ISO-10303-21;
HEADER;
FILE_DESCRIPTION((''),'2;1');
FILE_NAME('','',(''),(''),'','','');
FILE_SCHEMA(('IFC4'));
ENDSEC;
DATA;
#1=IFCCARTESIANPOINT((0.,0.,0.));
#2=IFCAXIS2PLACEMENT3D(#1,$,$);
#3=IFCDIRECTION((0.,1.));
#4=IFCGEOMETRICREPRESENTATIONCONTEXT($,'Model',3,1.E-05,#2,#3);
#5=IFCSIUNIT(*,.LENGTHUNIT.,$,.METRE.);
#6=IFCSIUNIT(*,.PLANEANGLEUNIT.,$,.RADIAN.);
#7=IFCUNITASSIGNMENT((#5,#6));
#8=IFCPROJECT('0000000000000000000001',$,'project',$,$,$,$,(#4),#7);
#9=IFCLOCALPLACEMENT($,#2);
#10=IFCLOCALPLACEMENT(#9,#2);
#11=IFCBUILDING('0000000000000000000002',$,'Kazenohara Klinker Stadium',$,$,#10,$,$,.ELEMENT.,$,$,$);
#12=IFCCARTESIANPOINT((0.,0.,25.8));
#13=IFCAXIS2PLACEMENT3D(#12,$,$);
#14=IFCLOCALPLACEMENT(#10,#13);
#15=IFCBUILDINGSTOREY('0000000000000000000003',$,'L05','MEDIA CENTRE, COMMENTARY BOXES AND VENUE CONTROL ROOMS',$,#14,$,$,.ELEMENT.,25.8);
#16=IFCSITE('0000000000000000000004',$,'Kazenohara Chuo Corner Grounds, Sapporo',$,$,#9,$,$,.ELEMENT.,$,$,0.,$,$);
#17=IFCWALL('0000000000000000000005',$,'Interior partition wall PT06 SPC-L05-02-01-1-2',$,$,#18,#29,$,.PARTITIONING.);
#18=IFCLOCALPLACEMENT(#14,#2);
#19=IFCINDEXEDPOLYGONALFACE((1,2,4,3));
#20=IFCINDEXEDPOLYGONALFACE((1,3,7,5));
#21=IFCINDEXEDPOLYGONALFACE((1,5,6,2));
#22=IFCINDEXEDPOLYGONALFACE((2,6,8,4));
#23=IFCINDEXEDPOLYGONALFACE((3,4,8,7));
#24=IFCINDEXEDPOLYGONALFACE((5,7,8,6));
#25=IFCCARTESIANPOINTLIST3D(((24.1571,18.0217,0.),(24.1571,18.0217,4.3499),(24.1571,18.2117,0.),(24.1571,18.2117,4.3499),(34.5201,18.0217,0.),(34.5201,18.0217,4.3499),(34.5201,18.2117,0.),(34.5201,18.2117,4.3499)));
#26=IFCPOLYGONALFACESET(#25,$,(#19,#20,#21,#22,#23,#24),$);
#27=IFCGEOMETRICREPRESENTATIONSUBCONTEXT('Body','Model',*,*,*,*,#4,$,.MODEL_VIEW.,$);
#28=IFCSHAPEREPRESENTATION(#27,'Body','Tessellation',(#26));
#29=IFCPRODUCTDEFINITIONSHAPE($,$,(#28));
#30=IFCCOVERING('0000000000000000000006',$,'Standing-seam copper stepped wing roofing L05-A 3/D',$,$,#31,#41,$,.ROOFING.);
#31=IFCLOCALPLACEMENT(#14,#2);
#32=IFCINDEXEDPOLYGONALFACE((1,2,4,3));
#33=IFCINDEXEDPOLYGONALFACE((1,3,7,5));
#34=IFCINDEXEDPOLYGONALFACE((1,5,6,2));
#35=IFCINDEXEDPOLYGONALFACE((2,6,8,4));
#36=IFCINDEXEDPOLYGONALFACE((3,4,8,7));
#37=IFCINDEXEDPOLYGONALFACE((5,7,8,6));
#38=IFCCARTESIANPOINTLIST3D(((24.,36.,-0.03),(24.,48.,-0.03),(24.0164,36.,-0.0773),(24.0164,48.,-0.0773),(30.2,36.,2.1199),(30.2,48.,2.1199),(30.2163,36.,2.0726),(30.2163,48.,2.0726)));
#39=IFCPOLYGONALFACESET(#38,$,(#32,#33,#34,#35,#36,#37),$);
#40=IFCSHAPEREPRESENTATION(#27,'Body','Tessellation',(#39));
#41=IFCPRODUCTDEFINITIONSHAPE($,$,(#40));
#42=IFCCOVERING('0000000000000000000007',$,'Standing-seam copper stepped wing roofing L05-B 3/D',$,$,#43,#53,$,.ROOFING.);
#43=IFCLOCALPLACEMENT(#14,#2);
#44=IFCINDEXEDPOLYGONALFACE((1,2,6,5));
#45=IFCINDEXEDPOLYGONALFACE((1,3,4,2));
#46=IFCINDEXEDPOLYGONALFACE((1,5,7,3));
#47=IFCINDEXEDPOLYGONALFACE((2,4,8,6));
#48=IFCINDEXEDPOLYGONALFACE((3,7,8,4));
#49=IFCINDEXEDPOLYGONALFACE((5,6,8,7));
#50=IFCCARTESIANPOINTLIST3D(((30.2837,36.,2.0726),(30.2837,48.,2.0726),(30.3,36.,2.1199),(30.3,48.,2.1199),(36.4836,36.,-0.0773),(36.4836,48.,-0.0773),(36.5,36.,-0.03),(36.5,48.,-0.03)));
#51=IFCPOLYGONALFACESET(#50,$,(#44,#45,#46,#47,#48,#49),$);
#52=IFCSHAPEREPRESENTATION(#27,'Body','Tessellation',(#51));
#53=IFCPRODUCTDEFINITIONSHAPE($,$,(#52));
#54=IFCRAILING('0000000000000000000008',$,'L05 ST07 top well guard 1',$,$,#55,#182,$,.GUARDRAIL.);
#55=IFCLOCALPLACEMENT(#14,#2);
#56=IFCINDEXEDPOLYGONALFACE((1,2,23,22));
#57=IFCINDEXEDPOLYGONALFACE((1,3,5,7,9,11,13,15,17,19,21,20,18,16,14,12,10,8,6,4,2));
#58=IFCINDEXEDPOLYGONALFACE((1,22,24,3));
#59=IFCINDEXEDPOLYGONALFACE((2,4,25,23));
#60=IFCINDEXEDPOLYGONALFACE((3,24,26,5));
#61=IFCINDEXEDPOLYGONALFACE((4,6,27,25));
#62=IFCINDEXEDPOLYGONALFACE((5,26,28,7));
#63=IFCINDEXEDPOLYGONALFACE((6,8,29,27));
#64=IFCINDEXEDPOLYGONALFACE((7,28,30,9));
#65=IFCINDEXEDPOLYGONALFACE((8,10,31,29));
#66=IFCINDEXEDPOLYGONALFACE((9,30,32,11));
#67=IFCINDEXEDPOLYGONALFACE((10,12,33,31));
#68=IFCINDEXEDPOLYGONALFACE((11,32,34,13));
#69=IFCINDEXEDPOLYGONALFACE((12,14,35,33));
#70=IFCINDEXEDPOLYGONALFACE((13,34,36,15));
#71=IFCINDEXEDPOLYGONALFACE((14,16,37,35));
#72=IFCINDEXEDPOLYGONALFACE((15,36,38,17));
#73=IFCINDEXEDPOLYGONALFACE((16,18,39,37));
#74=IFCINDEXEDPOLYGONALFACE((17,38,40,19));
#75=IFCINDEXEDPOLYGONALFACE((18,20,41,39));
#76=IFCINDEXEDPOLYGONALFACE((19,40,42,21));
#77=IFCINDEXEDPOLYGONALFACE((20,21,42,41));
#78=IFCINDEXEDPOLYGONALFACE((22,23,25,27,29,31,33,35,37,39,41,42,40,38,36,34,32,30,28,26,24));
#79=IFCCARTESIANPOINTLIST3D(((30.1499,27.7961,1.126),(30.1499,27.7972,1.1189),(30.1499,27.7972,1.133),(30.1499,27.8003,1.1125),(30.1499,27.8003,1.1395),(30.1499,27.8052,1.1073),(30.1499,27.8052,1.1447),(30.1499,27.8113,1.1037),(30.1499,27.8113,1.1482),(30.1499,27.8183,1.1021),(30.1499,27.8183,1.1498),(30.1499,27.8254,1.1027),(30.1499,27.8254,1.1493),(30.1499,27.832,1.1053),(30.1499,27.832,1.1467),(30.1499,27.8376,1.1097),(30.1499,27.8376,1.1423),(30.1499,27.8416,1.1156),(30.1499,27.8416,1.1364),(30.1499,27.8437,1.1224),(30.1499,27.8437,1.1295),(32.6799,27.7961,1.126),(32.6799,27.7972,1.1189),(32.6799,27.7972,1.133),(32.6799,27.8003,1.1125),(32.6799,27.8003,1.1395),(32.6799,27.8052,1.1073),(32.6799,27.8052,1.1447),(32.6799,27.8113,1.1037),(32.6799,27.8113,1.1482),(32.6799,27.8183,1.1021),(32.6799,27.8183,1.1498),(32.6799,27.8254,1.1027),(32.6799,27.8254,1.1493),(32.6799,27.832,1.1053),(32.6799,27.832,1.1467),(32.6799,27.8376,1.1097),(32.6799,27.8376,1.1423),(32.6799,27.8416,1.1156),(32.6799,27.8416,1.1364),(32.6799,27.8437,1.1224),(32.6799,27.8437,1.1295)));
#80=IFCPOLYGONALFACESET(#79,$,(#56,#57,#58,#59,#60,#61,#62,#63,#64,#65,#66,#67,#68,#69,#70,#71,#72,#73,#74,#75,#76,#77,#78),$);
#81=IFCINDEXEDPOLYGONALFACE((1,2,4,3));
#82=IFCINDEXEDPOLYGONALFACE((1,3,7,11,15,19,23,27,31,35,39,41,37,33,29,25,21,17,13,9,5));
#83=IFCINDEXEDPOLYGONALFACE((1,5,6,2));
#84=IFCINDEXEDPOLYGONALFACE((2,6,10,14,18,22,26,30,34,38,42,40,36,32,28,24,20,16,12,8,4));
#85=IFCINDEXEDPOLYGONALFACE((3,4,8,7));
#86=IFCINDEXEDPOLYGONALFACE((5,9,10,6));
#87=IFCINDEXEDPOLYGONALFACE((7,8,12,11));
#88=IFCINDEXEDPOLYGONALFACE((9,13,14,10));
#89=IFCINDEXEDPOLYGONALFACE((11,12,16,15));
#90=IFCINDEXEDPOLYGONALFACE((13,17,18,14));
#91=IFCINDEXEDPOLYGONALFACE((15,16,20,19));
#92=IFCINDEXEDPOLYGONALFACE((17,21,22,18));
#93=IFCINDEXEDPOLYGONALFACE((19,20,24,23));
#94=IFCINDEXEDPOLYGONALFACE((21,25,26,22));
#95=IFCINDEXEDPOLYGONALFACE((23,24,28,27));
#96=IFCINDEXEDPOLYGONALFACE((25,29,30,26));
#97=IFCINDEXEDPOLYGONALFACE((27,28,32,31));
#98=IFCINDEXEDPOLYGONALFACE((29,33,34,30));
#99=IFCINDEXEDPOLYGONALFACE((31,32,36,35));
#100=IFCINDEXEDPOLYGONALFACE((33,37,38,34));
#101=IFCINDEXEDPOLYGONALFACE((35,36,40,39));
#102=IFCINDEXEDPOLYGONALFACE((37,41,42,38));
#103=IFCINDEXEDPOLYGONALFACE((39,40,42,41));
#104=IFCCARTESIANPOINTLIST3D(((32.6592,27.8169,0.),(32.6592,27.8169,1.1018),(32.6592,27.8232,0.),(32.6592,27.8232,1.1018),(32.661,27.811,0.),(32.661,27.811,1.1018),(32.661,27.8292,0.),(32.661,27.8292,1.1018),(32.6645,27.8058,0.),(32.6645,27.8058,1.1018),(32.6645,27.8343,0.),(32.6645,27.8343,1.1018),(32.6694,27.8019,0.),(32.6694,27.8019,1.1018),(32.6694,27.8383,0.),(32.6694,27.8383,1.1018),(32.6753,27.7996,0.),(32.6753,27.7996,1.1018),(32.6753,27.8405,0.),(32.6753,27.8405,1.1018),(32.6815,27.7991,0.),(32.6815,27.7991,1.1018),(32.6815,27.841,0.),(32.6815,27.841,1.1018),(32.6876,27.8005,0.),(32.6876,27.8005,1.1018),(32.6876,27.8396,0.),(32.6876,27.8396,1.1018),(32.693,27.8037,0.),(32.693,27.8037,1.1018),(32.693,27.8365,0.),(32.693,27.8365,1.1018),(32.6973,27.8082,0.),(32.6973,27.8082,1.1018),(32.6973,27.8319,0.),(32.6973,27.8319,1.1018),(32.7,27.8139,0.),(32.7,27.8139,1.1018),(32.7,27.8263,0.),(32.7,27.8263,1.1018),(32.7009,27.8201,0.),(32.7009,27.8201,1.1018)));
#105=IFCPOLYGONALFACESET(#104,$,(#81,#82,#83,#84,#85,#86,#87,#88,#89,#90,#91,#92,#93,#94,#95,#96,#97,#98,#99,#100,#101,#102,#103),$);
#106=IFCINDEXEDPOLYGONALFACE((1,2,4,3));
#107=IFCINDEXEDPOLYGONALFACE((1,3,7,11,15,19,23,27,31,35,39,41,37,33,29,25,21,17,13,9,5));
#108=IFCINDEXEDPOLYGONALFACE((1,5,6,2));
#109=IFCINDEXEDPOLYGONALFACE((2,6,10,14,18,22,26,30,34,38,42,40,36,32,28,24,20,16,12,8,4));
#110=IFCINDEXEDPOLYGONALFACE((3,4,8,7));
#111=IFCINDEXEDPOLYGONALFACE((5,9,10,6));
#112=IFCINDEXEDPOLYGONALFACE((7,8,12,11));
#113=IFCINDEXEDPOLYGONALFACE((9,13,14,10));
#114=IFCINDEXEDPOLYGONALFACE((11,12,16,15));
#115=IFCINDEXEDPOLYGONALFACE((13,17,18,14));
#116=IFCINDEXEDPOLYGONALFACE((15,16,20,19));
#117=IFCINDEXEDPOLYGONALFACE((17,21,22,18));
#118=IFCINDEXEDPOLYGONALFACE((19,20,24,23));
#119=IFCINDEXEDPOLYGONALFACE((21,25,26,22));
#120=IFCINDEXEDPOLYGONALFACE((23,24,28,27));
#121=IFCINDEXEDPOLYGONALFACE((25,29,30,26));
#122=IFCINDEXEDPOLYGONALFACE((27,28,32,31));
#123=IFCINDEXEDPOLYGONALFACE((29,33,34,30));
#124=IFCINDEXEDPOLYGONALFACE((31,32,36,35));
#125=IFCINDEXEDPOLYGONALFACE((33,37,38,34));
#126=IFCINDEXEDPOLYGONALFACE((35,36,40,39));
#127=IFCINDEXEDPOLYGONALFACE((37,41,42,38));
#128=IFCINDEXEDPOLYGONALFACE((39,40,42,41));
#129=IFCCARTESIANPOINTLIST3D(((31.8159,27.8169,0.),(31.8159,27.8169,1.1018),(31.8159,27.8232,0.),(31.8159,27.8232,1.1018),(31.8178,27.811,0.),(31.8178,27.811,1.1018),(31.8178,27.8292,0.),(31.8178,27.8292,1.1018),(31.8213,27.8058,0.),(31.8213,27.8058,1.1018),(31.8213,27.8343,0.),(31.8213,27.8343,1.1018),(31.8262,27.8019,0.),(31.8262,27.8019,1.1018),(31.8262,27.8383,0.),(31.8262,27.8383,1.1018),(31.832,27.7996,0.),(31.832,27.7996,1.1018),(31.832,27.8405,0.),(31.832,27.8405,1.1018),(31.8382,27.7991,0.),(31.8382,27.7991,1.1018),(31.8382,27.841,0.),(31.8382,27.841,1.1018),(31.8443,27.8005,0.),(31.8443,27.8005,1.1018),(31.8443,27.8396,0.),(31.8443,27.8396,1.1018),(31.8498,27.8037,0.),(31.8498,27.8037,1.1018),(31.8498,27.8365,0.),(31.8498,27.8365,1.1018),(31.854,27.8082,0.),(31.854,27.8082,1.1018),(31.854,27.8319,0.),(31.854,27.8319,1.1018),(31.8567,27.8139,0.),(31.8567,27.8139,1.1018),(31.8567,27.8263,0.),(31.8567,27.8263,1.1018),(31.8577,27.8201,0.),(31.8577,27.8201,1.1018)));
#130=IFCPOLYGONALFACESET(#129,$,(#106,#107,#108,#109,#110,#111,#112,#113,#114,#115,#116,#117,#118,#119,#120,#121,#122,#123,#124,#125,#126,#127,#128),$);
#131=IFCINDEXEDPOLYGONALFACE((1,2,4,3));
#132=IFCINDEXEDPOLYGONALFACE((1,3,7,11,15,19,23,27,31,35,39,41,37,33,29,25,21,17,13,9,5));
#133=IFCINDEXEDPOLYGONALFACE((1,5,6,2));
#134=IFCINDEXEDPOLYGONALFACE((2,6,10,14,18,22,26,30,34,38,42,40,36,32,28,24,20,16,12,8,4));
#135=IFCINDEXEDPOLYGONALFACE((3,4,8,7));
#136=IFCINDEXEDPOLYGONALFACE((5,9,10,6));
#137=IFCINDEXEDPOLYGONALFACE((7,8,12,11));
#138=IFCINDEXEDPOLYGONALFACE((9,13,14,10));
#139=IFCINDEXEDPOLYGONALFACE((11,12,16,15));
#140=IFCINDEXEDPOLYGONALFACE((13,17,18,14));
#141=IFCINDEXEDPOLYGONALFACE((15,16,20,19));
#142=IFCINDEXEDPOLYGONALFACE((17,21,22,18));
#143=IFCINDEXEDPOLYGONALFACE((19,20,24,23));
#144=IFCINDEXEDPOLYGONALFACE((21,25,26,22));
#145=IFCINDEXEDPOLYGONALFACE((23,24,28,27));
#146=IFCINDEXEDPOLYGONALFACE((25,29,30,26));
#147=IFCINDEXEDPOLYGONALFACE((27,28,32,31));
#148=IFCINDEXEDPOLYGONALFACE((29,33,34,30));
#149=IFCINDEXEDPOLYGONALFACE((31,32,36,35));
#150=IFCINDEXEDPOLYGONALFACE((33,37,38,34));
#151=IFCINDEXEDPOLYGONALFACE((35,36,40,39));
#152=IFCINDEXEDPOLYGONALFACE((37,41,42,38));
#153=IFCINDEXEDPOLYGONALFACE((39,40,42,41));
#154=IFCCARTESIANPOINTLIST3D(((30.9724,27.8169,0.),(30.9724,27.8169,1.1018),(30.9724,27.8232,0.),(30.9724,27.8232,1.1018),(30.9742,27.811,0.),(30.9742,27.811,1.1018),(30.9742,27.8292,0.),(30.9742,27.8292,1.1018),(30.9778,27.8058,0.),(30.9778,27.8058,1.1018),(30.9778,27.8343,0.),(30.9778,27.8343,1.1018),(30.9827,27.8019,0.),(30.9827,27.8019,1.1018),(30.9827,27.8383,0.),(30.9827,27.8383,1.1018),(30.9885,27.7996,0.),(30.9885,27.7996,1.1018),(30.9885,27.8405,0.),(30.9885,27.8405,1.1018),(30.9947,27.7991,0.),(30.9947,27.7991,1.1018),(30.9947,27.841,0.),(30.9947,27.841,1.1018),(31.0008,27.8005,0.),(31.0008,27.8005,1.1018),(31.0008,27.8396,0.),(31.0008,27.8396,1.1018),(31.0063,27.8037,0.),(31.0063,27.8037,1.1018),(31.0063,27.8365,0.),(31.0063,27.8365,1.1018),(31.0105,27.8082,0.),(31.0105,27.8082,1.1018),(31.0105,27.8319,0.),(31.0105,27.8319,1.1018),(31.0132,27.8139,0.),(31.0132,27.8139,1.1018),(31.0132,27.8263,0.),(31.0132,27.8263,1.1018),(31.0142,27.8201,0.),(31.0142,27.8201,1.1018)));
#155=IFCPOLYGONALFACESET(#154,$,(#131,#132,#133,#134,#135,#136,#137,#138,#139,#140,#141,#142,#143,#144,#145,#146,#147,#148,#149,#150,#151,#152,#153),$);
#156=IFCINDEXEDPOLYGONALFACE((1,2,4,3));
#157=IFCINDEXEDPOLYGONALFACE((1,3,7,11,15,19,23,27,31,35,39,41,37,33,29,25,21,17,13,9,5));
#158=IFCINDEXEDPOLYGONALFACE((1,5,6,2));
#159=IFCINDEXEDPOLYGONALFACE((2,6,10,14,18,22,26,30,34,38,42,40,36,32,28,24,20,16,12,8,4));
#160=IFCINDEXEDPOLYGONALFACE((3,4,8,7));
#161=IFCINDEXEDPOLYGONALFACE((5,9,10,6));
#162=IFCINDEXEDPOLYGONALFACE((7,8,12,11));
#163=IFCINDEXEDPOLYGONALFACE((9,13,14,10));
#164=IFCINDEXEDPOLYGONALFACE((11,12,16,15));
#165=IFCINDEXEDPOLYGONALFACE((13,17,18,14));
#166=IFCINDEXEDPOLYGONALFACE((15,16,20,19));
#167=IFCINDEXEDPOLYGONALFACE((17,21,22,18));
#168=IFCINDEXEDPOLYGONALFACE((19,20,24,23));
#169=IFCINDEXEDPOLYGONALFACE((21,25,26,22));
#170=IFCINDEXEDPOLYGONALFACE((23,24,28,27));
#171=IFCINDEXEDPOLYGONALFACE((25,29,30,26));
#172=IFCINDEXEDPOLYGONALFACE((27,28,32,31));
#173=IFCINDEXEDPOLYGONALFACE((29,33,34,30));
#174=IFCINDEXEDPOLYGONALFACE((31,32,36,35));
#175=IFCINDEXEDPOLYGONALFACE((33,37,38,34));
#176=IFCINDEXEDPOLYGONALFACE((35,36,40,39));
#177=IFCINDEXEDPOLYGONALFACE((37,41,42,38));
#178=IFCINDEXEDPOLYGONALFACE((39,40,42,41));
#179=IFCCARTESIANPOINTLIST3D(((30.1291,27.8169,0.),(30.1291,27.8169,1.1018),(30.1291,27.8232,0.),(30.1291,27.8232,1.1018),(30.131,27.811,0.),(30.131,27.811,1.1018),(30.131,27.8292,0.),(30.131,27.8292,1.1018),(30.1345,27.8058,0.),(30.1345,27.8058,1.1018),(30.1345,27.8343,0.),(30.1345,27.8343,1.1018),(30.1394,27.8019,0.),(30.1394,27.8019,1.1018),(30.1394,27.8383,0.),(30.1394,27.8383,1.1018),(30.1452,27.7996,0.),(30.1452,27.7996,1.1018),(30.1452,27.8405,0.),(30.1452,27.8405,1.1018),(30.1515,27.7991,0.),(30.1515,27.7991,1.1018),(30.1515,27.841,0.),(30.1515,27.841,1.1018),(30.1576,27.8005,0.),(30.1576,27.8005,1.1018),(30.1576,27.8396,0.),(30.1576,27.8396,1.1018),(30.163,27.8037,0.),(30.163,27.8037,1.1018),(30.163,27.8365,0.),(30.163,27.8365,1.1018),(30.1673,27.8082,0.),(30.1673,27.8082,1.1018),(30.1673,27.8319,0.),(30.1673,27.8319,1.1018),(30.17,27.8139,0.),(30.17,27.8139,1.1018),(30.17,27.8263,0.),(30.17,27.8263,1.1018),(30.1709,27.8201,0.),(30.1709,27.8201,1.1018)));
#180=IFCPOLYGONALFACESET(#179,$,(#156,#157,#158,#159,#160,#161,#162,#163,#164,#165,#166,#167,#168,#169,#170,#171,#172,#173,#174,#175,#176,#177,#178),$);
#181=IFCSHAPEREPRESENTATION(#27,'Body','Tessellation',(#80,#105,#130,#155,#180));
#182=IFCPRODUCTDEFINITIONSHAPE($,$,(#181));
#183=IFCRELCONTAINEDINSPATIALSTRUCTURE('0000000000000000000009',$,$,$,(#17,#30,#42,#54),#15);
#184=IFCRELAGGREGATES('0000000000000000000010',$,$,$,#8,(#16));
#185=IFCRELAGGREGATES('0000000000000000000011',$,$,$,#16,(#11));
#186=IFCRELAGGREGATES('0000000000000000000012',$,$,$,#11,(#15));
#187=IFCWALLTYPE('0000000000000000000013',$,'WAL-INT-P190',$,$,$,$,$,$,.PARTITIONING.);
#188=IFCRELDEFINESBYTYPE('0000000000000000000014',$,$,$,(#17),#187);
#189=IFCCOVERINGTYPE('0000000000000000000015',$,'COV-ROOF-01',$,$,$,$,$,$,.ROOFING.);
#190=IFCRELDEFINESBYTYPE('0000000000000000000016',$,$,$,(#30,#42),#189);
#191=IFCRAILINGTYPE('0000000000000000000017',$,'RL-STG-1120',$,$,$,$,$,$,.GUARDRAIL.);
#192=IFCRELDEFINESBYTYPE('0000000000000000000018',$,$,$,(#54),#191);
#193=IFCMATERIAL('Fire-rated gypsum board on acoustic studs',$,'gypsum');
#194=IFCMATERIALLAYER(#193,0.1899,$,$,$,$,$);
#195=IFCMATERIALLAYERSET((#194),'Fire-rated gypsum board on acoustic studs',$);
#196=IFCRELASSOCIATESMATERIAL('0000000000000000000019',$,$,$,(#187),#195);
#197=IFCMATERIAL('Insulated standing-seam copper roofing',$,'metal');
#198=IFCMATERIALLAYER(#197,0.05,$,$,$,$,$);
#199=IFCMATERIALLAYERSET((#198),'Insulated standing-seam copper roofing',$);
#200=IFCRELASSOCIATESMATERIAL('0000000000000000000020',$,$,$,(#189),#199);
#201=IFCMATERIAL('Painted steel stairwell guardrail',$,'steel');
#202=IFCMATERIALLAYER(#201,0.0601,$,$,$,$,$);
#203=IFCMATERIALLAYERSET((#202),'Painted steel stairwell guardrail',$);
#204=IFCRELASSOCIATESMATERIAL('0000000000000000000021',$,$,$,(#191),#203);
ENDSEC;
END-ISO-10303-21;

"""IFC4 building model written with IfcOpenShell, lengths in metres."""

from ifc_helpers import new_model, si_unit, direction, frame, frame_2d, origin, origin_2d, place, context, subcontext, project, spatial, polyline, rectangle, circle, outline, extrude, material, layer, layer_set, type_object, element, save


model = new_model("IFC4")

# Units and contexts
model_context = context("Model", 3, precision=1e-05, world=origin(), true_north=direction((0.0, 1.0)))
body_context = subcontext(model_context, "Body", "Model", "MODEL_VIEW")
ifc_project = project(units=[si_unit("LENGTHUNIT", "METRE"), si_unit("PLANEANGLEUNIT", "RADIAN")], contexts=[model_context])

# Site, building, storey
site_placement = place(None, origin())
site = spatial("IfcSite", under=ifc_project, at=site_placement, Name="Kazenohara Chuo Corner Grounds, Sapporo", CompositionType="ELEMENT", RefElevation=0.0)
building_placement = place(site_placement, origin())
building = spatial("IfcBuilding", under=site, at=building_placement, Name="Kazenohara Klinker Stadium", CompositionType="ELEMENT")
storey_placement = place(building_placement, frame((0.0, 0.0, 25.8)))
storey = spatial("IfcBuildingStorey", under=building, at=storey_placement, Name="L05", Description="MEDIA CENTRE, COMMENTARY BOXES AND VENUE CONTROL ROOMS", CompositionType="ELEMENT", Elevation=25.8)

# Wall
ifc_material_1 = material(Name="Fire-rated gypsum board on acoustic studs", Category="gypsum")
ifc_layer_1 = layer(ifc_material_1, 0.1899)
ifc_layer_set_1 = layer_set([ifc_layer_1], Name="Fire-rated gypsum board on acoustic studs")
wall_type_1 = type_object("IfcWallType", Name="WAL-INT-P190", PredefinedType="PARTITIONING", material=ifc_layer_set_1)
wall_1_placement = place(storey_placement, frame((24.157, 18.1167, 0.0), z_axis=(0.0, 0.0, 1.0), x_axis=(1.0, 0.0, 0.0)))
element("IfcWall", 1, at=wall_1_placement, inside=storey, type_object=wall_type_1, Name="Interior partition wall PT06 SPC-L05-02-01-1-2", PredefinedType="PARTITIONING", context=body_context, shape_type="SweptSolid", body=[
    extrude(rectangle(XDim=10.363, YDim=0.1899, at=frame_2d((5.1816, 0.0))), origin(), (0.0, 0.0, 1.0), 4.3499),
])

# Coverings
ifc_material_2 = material(Name="Insulated standing-seam copper roofing", Category="metal")
ifc_layer_2 = layer(ifc_material_2, 0.05)
ifc_layer_set_2 = layer_set([ifc_layer_2], Name="Insulated standing-seam copper roofing")
covering_type = type_object("IfcCoveringType", Name="COV-ROOF-01", PredefinedType="ROOFING", material=ifc_layer_set_2)
for number, where, z_axis, x_axis, name in (
    (2, (24.0, 36.0, -0.03), (-0.327623, 0.0, 0.944809), (0.944809, 0.0, 0.327623), "Standing-seam copper stepped wing roofing L05-A 3/D"),
    (3, (30.3, 36.0, 2.1199), (0.327623, 0.0, 0.944809), (0.944809, 0.0, -0.327623), "Standing-seam copper stepped wing roofing L05-B 3/D"),
):
    element("IfcCovering", number, at=place(storey_placement, frame(where, z_axis=z_axis, x_axis=x_axis)), inside=storey, type_object=covering_type, Name=name, PredefinedType="ROOFING", context=body_context, shape_type="SweptSolid", body=[
        extrude(outline(polyline([(0.0, 0.0), (6.5621, 0.0), (6.5621, 12.0), (0.0, 12.0), (0.0, 0.0)])), origin(), (0.0, 0.0, -1.0), 0.05),
    ])

# Railing
ifc_material_3 = material(Name="Painted steel stairwell guardrail", Category="steel")
ifc_layer_3 = layer(ifc_material_3, 0.0601)
ifc_layer_set_3 = layer_set([ifc_layer_3], Name="Painted steel stairwell guardrail")
railing_type = type_object("IfcRailingType", Name="RL-STG-1120", PredefinedType="GUARDRAIL", material=ifc_layer_set_3)
railing_placement = place(storey_placement, frame((32.6799, 27.8201, 0.0)))
element("IfcRailing", 4, at=railing_placement, inside=storey, type_object=railing_type, Name="L05 ST07 top well guard 1", PredefinedType="GUARDRAIL", context=body_context, shape_type="SweptSolid", body=[
    extrude(circle(Radius=0.0239, at=origin_2d()), frame((0.0, 0.0, 1.126), z_axis=(-1.0, 0.0, 0.0), x_axis=(0.0, -1.0, 0.0)), (0.0, 0.0, 1.0), 2.53),
    extrude(circle(Radius=0.021, at=origin_2d()), origin(), (0.0, 0.0, 1.0), 1.1018),
    extrude(circle(Radius=0.021, at=origin_2d()), frame((-0.8433, 0.0, 0.0)), (0.0, 0.0, 1.0), 1.1018),
    extrude(circle(Radius=0.021, at=origin_2d()), frame((-1.6868, 0.0, 0.0)), (0.0, 0.0, 1.0), 1.1018),
    extrude(circle(Radius=0.021, at=origin_2d()), frame((-2.53, 0.0, 0.0)), (0.0, 0.0, 1.0), 1.1018),
])

save(model, "model.ifc")
